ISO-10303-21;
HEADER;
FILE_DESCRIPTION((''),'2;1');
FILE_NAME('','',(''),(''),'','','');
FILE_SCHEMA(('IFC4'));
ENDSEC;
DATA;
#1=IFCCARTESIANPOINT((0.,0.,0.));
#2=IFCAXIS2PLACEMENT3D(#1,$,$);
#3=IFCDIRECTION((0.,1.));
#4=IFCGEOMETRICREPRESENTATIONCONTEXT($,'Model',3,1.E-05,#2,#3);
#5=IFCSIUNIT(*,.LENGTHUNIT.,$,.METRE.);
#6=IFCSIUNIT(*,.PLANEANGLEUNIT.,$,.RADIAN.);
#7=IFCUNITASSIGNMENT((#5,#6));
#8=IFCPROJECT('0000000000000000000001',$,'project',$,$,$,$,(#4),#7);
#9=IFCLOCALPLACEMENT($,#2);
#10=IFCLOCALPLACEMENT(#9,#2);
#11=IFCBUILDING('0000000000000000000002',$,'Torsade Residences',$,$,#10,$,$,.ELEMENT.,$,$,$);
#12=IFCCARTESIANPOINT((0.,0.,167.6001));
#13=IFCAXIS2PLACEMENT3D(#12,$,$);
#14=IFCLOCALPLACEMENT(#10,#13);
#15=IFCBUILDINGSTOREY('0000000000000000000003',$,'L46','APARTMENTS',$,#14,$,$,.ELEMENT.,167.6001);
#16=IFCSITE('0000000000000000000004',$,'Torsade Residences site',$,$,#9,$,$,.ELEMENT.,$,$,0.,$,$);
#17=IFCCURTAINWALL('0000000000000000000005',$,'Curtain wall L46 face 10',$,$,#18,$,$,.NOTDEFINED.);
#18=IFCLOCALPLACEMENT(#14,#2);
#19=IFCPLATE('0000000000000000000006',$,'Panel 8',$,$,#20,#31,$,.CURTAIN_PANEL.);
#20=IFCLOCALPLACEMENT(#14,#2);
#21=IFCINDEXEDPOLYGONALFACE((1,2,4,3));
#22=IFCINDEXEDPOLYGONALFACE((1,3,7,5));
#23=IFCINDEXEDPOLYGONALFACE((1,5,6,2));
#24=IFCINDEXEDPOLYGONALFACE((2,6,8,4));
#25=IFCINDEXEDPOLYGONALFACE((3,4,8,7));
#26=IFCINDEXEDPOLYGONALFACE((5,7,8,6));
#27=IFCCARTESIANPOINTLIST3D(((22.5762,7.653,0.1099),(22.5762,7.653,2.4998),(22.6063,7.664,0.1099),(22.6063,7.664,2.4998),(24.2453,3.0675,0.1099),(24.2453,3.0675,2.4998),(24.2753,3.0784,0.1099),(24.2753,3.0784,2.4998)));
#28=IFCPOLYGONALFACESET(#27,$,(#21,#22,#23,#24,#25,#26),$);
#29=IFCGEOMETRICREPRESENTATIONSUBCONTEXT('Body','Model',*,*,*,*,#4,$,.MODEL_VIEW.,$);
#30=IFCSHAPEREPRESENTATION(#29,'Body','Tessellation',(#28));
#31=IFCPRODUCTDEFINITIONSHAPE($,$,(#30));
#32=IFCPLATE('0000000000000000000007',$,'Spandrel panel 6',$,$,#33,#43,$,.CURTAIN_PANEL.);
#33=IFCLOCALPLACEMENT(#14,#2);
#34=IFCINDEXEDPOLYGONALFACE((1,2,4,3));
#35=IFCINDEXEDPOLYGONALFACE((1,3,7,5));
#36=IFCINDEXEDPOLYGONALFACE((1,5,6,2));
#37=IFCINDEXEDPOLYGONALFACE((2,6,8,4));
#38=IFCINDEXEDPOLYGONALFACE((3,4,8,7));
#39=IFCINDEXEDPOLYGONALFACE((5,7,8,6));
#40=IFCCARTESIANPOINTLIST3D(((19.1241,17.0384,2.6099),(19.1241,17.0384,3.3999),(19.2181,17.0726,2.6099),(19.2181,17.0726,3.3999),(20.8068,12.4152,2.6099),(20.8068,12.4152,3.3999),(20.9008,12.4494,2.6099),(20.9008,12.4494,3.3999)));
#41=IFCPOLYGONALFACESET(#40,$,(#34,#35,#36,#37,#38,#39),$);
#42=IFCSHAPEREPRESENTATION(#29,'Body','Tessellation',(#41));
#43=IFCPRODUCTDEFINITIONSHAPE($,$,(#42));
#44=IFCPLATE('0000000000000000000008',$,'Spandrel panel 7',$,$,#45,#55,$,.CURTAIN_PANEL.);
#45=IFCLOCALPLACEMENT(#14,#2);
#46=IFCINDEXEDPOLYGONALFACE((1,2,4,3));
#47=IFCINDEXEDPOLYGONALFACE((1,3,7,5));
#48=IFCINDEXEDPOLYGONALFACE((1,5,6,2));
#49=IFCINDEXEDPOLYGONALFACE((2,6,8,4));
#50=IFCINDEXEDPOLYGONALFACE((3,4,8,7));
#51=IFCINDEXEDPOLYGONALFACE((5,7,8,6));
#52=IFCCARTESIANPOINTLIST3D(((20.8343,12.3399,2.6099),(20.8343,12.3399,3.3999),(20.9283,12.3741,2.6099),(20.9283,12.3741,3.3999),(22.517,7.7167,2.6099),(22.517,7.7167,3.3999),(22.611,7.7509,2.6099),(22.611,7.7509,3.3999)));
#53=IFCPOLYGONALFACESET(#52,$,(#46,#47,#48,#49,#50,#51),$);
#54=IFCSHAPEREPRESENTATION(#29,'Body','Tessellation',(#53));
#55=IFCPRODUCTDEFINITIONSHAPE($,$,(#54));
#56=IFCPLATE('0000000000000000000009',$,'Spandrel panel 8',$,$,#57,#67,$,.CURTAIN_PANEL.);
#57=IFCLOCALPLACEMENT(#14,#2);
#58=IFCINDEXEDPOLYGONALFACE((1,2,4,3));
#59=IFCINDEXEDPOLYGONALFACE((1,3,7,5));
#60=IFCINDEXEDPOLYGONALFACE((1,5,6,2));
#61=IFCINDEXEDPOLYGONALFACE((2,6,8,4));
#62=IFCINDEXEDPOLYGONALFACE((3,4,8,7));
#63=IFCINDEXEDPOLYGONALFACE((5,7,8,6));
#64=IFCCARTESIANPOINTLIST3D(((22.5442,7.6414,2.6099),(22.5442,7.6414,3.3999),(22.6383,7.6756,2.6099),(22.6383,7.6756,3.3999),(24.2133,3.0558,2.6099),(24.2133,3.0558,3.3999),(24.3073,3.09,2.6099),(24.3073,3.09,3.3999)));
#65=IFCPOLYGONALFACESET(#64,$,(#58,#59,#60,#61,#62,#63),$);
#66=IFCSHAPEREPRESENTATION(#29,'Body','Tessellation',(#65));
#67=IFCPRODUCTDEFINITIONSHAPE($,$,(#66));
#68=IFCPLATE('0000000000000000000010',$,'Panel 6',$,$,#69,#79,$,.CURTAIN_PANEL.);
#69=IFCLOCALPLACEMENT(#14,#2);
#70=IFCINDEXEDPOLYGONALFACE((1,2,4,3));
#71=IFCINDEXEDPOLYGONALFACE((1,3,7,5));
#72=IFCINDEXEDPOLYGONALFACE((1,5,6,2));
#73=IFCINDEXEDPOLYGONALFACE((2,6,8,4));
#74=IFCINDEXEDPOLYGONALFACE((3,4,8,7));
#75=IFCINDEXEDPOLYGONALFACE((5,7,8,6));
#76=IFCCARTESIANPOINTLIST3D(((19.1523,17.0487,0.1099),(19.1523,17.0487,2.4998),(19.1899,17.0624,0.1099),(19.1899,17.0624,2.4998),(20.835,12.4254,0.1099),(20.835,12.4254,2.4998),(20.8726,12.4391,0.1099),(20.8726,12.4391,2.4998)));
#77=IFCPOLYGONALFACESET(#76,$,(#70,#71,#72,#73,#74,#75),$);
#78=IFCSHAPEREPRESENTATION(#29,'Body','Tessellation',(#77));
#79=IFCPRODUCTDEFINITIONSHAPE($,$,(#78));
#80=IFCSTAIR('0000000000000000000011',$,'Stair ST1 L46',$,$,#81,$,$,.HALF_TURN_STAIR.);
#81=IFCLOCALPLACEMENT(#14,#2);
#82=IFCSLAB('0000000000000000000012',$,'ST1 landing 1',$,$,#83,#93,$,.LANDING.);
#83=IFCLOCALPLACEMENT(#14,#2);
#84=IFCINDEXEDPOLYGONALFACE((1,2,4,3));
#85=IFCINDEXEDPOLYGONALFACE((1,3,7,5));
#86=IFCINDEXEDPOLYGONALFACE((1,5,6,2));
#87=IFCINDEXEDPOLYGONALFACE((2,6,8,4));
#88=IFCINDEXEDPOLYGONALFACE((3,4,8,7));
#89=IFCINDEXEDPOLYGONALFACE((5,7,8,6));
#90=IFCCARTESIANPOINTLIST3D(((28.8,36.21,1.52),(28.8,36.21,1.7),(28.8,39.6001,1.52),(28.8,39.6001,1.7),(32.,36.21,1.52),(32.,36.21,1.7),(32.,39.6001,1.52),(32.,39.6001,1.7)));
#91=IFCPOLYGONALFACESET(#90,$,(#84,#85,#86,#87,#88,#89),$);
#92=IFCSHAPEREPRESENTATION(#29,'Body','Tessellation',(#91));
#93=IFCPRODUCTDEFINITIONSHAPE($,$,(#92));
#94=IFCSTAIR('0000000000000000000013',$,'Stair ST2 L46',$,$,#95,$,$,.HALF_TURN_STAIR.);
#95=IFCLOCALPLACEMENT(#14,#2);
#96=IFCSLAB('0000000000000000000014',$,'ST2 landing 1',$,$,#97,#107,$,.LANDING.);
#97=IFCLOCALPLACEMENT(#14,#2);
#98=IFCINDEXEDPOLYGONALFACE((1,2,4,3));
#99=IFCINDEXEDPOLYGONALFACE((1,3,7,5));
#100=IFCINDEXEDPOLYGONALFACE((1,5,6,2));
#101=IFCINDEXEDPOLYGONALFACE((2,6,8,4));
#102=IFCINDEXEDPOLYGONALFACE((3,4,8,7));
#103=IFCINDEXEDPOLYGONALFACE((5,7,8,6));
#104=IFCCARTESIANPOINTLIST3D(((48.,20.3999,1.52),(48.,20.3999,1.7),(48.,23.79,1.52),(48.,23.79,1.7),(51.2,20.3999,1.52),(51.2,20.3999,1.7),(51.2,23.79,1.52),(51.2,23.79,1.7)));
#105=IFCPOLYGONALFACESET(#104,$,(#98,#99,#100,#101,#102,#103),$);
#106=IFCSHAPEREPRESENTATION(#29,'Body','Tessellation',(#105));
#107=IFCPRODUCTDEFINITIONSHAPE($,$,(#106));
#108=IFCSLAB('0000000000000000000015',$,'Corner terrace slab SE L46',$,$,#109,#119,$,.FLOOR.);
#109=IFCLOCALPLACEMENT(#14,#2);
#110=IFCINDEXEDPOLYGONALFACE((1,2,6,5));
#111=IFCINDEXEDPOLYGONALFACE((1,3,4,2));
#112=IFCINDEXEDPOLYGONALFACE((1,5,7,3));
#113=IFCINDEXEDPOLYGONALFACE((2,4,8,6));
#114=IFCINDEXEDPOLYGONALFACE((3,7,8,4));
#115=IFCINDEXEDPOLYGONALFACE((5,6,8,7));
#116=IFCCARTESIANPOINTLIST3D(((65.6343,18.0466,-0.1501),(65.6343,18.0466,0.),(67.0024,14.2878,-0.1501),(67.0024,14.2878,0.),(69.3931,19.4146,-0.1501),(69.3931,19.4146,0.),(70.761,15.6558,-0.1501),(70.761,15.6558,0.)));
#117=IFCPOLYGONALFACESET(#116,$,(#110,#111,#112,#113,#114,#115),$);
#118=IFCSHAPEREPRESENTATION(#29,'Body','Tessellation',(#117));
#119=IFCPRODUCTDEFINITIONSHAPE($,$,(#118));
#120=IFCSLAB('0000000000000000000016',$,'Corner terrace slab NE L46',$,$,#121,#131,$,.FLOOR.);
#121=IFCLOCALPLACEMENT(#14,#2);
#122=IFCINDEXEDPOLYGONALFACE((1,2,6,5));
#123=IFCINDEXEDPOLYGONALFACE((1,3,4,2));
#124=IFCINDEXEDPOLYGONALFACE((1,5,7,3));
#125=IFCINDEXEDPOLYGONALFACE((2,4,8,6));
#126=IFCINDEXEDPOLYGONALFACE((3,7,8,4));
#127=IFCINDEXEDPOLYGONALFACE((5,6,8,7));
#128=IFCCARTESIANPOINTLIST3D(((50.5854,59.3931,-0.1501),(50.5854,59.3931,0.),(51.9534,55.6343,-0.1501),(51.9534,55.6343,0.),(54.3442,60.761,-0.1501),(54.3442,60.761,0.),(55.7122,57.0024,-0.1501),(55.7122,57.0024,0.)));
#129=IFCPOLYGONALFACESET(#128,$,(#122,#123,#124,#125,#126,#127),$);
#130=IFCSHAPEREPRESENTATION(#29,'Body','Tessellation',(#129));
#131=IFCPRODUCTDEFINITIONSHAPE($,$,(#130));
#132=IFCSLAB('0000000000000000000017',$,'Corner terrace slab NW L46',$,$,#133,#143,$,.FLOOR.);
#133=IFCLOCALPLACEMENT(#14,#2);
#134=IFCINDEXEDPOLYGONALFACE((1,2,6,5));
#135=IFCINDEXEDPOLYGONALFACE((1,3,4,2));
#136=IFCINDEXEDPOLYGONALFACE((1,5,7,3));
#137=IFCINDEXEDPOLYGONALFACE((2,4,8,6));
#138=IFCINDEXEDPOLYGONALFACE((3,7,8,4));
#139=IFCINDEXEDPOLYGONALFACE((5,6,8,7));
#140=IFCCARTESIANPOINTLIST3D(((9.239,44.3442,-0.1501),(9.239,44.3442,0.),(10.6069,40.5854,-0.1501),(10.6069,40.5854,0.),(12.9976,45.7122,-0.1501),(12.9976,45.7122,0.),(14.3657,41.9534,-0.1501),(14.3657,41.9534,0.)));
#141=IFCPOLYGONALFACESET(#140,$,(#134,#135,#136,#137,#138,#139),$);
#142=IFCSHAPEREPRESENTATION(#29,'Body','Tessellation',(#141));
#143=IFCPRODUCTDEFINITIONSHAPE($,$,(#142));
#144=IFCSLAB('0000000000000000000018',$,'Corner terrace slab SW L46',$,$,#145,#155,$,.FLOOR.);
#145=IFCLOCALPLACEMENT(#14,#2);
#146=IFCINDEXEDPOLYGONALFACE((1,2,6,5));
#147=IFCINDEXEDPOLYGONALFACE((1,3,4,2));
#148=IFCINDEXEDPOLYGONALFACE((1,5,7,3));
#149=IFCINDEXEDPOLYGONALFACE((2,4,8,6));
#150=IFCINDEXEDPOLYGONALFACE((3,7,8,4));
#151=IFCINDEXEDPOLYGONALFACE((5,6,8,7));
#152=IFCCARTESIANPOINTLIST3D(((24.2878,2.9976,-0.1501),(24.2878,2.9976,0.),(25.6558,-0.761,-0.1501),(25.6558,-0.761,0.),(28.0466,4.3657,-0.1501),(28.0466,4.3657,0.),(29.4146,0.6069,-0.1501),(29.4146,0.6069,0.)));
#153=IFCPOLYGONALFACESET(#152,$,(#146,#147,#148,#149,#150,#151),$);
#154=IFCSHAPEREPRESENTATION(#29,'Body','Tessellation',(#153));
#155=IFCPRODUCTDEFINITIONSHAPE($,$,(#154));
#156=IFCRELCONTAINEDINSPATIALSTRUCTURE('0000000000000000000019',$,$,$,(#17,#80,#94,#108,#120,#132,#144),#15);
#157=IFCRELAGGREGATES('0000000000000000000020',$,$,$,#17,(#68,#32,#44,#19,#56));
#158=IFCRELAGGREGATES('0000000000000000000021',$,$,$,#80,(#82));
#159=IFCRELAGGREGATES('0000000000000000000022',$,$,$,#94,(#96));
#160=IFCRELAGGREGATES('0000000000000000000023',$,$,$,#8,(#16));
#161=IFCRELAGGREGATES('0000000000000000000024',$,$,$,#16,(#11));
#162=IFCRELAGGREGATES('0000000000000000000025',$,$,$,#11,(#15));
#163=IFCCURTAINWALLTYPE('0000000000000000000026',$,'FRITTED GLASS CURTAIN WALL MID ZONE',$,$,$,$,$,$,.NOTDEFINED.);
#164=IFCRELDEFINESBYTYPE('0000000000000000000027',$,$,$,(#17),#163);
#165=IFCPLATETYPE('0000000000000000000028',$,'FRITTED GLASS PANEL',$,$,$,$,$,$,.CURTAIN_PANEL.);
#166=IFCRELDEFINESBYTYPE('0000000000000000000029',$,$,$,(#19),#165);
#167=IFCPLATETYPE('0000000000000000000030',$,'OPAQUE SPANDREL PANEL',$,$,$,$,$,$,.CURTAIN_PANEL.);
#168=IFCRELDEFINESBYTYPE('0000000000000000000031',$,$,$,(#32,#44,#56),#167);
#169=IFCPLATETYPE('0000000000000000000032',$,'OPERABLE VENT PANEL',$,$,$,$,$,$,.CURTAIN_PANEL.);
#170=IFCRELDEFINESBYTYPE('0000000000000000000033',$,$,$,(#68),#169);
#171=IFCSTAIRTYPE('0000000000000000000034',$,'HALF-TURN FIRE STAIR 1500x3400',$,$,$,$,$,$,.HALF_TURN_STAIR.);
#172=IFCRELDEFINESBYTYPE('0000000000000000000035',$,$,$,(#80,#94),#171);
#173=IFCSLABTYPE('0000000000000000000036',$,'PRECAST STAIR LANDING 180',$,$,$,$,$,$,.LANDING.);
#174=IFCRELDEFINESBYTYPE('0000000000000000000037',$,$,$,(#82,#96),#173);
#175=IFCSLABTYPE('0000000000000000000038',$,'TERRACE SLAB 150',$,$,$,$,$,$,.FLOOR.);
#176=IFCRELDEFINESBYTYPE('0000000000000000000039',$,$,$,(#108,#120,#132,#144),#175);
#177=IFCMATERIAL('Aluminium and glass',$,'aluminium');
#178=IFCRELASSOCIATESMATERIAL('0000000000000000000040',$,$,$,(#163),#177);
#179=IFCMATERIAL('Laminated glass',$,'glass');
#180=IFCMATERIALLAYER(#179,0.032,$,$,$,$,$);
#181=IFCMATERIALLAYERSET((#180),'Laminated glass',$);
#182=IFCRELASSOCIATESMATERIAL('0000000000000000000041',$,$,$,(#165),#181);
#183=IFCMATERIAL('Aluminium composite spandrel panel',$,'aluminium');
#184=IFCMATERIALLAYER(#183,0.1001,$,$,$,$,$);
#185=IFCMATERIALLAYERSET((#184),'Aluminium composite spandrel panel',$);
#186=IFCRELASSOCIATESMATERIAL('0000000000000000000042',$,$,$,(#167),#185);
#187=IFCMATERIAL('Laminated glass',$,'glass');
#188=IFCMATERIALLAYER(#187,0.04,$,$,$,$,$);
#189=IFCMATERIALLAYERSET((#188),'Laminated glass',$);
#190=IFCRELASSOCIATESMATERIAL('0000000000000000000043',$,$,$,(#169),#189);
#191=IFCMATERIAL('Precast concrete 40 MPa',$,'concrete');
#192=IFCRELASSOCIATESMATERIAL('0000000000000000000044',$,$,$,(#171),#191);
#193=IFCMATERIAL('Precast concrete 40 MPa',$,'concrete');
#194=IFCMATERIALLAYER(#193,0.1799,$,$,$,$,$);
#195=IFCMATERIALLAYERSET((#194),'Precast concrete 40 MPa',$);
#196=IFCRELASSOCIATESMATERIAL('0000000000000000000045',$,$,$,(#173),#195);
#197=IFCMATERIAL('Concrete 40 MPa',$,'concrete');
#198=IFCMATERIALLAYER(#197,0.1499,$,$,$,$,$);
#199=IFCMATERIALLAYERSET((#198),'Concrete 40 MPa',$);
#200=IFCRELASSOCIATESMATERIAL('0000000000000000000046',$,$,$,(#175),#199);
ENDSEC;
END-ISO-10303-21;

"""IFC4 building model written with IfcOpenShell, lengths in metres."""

from ifc_helpers import new_model, si_unit, direction, frame, origin, origin_2d, place, context, subcontext, project, spatial, polyline, rectangle, outline, extrude, material, layer, layer_set, type_object, element, aggregate, save


model = new_model("IFC4")

# Units and contexts
model_context = context("Model", 3, precision=1e-05, world=origin(), true_north=direction((0.0, 1.0)))
body_context = subcontext(model_context, "Body", "Model", "MODEL_VIEW")
ifc_project = project(units=[si_unit("LENGTHUNIT", "METRE"), si_unit("PLANEANGLEUNIT", "RADIAN")], contexts=[model_context])

# Site, building, storey
site_placement = place(None, origin())
site = spatial("IfcSite", under=ifc_project, at=site_placement, Name="Torsade Residences site", CompositionType="ELEMENT", RefElevation=0.0)
building_placement = place(site_placement, origin())
building = spatial("IfcBuilding", under=site, at=building_placement, Name="Torsade Residences", CompositionType="ELEMENT")
storey_placement = place(building_placement, frame((0.0, 0.0, 167.6001)))
storey = spatial("IfcBuildingStorey", under=building, at=storey_placement, Name="L46", Description="APARTMENTS", CompositionType="ELEMENT", Elevation=167.6001)

# Curtain wall
ifc_material_1 = material(Name="Aluminium and glass", Category="aluminium")
curtain_wall_type = type_object("IfcCurtainWallType", Name="FRITTED GLASS CURTAIN WALL MID ZONE", PredefinedType="NOTDEFINED", material=ifc_material_1)
curtain_wall_placement = place(storey_placement, origin())
curtain_wall = element("IfcCurtainWall", 1, at=curtain_wall_placement, inside=storey, type_object=curtain_wall_type, Name="Curtain wall L46 face 10", PredefinedType="NOTDEFINED")

# Plates
ifc_material_2 = material(Name="Laminated glass", Category="glass")
ifc_layer_1 = layer(ifc_material_2, 0.032)
ifc_layer_set_1 = layer_set([ifc_layer_1], Name="Laminated glass")
plate_type_1 = type_object("IfcPlateType", Name="FRITTED GLASS PANEL", PredefinedType="CURTAIN_PANEL", material=ifc_layer_set_1)
plate_1_placement = place(storey_placement, frame((23.4258, 5.3657, 0.1099), z_axis=(0.0, 0.0, 1.0), x_axis=(0.34202, -0.939693, 0.0)))
plate_1 = element("IfcPlate", 2, at=plate_1_placement, type_object=plate_type_1, Name="Panel 8", PredefinedType="CURTAIN_PANEL", context=body_context, shape_type="SweptSolid", body=[
    extrude(rectangle(XDim=4.8799, YDim=0.032, at=origin_2d()), origin(), (0.0, 0.0, 1.0), 2.3899),
])
ifc_material_3 = material(Name="Aluminium composite spandrel panel", Category="aluminium")
ifc_layer_2 = layer(ifc_material_3, 0.1001)
ifc_layer_set_2 = layer_set([ifc_layer_2], Name="Aluminium composite spandrel panel")
plate_type_2 = type_object("IfcPlateType", Name="OPAQUE SPANDREL PANEL", PredefinedType="CURTAIN_PANEL", material=ifc_layer_set_2)
plate_2_placement = place(storey_placement, frame((20.0125, 14.7439, 2.6099), z_axis=(0.0, 0.0, 1.0), x_axis=(0.34202, -0.939693, 0.0)))
plate_2 = element("IfcPlate", 3, at=plate_2_placement, type_object=plate_type_2, Name="Spandrel panel 6", PredefinedType="CURTAIN_PANEL", context=body_context, shape_type="SweptSolid", body=[
    extrude(rectangle(XDim=4.9199, YDim=0.1001, at=origin_2d()), origin(), (0.0, 0.0, 1.0), 0.79),
])
plate_3_placement = place(storey_placement, frame((21.7227, 10.0454, 2.6099), z_axis=(0.0, 0.0, 1.0), x_axis=(0.34202, -0.939693, 0.0)))
plate_3 = element("IfcPlate", 4, at=plate_3_placement, type_object=plate_type_2, Name="Spandrel panel 7", PredefinedType="CURTAIN_PANEL", context=body_context, shape_type="SweptSolid", body=[
    extrude(rectangle(XDim=4.9199, YDim=0.1001, at=origin_2d()), origin(), (0.0, 0.0, 1.0), 0.79),
])
plate_4_placement = place(storey_placement, frame((23.4258, 5.3657, 2.6099), z_axis=(0.0, 0.0, 1.0), x_axis=(0.34202, -0.939693, 0.0)))
plate_4 = element("IfcPlate", 5, at=plate_4_placement, type_object=plate_type_2, Name="Spandrel panel 8", PredefinedType="CURTAIN_PANEL", context=body_context, shape_type="SweptSolid", body=[
    extrude(rectangle(XDim=4.8799, YDim=0.1001, at=origin_2d()), origin(), (0.0, 0.0, 1.0), 0.79),
])
ifc_material_4 = material(Name="Laminated glass", Category="glass")
ifc_layer_3 = layer(ifc_material_4, 0.04)
ifc_layer_set_3 = layer_set([ifc_layer_3], Name="Laminated glass")
plate_type_3 = type_object("IfcPlateType", Name="OPERABLE VENT PANEL", PredefinedType="CURTAIN_PANEL", material=ifc_layer_set_3)
plate_5_placement = place(storey_placement, frame((20.0125, 14.7439, 0.1099), z_axis=(0.0, 0.0, 1.0), x_axis=(0.34202, -0.939693, 0.0)))
plate_5 = element("IfcPlate", 6, at=plate_5_placement, type_object=plate_type_3, Name="Panel 6", PredefinedType="CURTAIN_PANEL", context=body_context, shape_type="SweptSolid", body=[
    extrude(rectangle(XDim=4.9199, YDim=0.04, at=origin_2d()), origin(), (0.0, 0.0, 1.0), 2.3899),
])
aggregate(curtain_wall, [plate_5, plate_2, plate_3, plate_1, plate_4])

# Stairs, slabs
ifc_material_5 = material(Name="Precast concrete 40 MPa", Category="concrete")
stair_type = type_object("IfcStairType", Name="HALF-TURN FIRE STAIR 1500x3400", PredefinedType="HALF_TURN_STAIR", material=ifc_material_5)
stair_1_placement = place(storey_placement, origin())
stair_1 = element("IfcStair", 7, at=stair_1_placement, inside=storey, type_object=stair_type, Name="Stair ST1 L46", PredefinedType="HALF_TURN_STAIR")
ifc_material_6 = material(Name="Precast concrete 40 MPa", Category="concrete")
ifc_layer_4 = layer(ifc_material_6, 0.1799)
ifc_layer_set_4 = layer_set([ifc_layer_4], Name="Precast concrete 40 MPa")
slab_type_1 = type_object("IfcSlabType", Name="PRECAST STAIR LANDING 180", PredefinedType="LANDING", material=ifc_layer_set_4)
slab_1_placement = place(storey_placement, frame((0.0, 0.0, 1.52)))
slab_1 = element("IfcSlab", 8, at=slab_1_placement, type_object=slab_type_1, Name="ST1 landing 1", PredefinedType="LANDING", context=body_context, shape_type="SweptSolid", body=[
    extrude(outline(polyline([(28.8, 36.21), (32.0, 36.21), (32.0, 39.6001), (28.8, 39.6001), (28.8, 36.21)])), origin(), (0.0, 0.0, 1.0), 0.1799),
])
aggregate(stair_1, [slab_1])
stair_2_placement = place(storey_placement, origin())
stair_2 = element("IfcStair", 9, at=stair_2_placement, inside=storey, type_object=stair_type, Name="Stair ST2 L46", PredefinedType="HALF_TURN_STAIR")
slab_2_placement = place(storey_placement, frame((0.0, 0.0, 1.52)))
slab_2 = element("IfcSlab", 10, at=slab_2_placement, type_object=slab_type_1, Name="ST2 landing 1", PredefinedType="LANDING", context=body_context, shape_type="SweptSolid", body=[
    extrude(outline(polyline([(48.0, 20.3999), (51.2, 20.3999), (51.2, 23.79), (48.0, 23.79), (48.0, 20.3999)])), origin(), (0.0, 0.0, 1.0), 0.1799),
])
aggregate(stair_2, [slab_2])

# Slabs
ifc_material_7 = material(Name="Concrete 40 MPa", Category="concrete")
ifc_layer_5 = layer(ifc_material_7, 0.1499)
ifc_layer_set_5 = layer_set([ifc_layer_5], Name="Concrete 40 MPa")
slab_type_2 = type_object("IfcSlabType", Name="TERRACE SLAB 150", PredefinedType="FLOOR", material=ifc_layer_set_5)
slab_3_placement = place(storey_placement, frame((0.0, 0.0, -0.1501)))
element("IfcSlab", 11, at=slab_3_placement, inside=storey, type_object=slab_type_2, Name="Corner terrace slab SE L46", PredefinedType="FLOOR", context=body_context, shape_type="SweptSolid", body=[
    extrude(outline(polyline([(67.0024, 14.2878), (70.761, 15.6558), (69.3931, 19.4146), (65.6343, 18.0466), (67.0024, 14.2878)])), origin(), (0.0, 0.0, 1.0), 0.1501),
])
slab_4_placement = place(storey_placement, frame((0.0, 0.0, -0.1501)))
element("IfcSlab", 12, at=slab_4_placement, inside=storey, type_object=slab_type_2, Name="Corner terrace slab NE L46", PredefinedType="FLOOR", context=body_context, shape_type="SweptSolid", body=[
    extrude(outline(polyline([(51.9534, 55.6343), (55.7122, 57.0024), (54.3442, 60.761), (50.5854, 59.3931), (51.9534, 55.6343)])), origin(), (0.0, 0.0, 1.0), 0.1501),
])
slab_5_placement = place(storey_placement, frame((0.0, 0.0, -0.1501)))
element("IfcSlab", 13, at=slab_5_placement, inside=storey, type_object=slab_type_2, Name="Corner terrace slab NW L46", PredefinedType="FLOOR", context=body_context, shape_type="SweptSolid", body=[
    extrude(outline(polyline([(10.6069, 40.5854), (14.3657, 41.9534), (12.9976, 45.7122), (9.239, 44.3442), (10.6069, 40.5854)])), origin(), (0.0, 0.0, 1.0), 0.1501),
])
slab_6_placement = place(storey_placement, frame((0.0, 0.0, -0.1501)))
element("IfcSlab", 14, at=slab_6_placement, inside=storey, type_object=slab_type_2, Name="Corner terrace slab SW L46", PredefinedType="FLOOR", context=body_context, shape_type="SweptSolid", body=[
    extrude(outline(polyline([(25.6558, -0.761), (29.4146, 0.6069), (28.0466, 4.3657), (24.2878, 2.9976), (25.6558, -0.761)])), origin(), (0.0, 0.0, 1.0), 0.1501),
])

save(model, "model.ifc")
